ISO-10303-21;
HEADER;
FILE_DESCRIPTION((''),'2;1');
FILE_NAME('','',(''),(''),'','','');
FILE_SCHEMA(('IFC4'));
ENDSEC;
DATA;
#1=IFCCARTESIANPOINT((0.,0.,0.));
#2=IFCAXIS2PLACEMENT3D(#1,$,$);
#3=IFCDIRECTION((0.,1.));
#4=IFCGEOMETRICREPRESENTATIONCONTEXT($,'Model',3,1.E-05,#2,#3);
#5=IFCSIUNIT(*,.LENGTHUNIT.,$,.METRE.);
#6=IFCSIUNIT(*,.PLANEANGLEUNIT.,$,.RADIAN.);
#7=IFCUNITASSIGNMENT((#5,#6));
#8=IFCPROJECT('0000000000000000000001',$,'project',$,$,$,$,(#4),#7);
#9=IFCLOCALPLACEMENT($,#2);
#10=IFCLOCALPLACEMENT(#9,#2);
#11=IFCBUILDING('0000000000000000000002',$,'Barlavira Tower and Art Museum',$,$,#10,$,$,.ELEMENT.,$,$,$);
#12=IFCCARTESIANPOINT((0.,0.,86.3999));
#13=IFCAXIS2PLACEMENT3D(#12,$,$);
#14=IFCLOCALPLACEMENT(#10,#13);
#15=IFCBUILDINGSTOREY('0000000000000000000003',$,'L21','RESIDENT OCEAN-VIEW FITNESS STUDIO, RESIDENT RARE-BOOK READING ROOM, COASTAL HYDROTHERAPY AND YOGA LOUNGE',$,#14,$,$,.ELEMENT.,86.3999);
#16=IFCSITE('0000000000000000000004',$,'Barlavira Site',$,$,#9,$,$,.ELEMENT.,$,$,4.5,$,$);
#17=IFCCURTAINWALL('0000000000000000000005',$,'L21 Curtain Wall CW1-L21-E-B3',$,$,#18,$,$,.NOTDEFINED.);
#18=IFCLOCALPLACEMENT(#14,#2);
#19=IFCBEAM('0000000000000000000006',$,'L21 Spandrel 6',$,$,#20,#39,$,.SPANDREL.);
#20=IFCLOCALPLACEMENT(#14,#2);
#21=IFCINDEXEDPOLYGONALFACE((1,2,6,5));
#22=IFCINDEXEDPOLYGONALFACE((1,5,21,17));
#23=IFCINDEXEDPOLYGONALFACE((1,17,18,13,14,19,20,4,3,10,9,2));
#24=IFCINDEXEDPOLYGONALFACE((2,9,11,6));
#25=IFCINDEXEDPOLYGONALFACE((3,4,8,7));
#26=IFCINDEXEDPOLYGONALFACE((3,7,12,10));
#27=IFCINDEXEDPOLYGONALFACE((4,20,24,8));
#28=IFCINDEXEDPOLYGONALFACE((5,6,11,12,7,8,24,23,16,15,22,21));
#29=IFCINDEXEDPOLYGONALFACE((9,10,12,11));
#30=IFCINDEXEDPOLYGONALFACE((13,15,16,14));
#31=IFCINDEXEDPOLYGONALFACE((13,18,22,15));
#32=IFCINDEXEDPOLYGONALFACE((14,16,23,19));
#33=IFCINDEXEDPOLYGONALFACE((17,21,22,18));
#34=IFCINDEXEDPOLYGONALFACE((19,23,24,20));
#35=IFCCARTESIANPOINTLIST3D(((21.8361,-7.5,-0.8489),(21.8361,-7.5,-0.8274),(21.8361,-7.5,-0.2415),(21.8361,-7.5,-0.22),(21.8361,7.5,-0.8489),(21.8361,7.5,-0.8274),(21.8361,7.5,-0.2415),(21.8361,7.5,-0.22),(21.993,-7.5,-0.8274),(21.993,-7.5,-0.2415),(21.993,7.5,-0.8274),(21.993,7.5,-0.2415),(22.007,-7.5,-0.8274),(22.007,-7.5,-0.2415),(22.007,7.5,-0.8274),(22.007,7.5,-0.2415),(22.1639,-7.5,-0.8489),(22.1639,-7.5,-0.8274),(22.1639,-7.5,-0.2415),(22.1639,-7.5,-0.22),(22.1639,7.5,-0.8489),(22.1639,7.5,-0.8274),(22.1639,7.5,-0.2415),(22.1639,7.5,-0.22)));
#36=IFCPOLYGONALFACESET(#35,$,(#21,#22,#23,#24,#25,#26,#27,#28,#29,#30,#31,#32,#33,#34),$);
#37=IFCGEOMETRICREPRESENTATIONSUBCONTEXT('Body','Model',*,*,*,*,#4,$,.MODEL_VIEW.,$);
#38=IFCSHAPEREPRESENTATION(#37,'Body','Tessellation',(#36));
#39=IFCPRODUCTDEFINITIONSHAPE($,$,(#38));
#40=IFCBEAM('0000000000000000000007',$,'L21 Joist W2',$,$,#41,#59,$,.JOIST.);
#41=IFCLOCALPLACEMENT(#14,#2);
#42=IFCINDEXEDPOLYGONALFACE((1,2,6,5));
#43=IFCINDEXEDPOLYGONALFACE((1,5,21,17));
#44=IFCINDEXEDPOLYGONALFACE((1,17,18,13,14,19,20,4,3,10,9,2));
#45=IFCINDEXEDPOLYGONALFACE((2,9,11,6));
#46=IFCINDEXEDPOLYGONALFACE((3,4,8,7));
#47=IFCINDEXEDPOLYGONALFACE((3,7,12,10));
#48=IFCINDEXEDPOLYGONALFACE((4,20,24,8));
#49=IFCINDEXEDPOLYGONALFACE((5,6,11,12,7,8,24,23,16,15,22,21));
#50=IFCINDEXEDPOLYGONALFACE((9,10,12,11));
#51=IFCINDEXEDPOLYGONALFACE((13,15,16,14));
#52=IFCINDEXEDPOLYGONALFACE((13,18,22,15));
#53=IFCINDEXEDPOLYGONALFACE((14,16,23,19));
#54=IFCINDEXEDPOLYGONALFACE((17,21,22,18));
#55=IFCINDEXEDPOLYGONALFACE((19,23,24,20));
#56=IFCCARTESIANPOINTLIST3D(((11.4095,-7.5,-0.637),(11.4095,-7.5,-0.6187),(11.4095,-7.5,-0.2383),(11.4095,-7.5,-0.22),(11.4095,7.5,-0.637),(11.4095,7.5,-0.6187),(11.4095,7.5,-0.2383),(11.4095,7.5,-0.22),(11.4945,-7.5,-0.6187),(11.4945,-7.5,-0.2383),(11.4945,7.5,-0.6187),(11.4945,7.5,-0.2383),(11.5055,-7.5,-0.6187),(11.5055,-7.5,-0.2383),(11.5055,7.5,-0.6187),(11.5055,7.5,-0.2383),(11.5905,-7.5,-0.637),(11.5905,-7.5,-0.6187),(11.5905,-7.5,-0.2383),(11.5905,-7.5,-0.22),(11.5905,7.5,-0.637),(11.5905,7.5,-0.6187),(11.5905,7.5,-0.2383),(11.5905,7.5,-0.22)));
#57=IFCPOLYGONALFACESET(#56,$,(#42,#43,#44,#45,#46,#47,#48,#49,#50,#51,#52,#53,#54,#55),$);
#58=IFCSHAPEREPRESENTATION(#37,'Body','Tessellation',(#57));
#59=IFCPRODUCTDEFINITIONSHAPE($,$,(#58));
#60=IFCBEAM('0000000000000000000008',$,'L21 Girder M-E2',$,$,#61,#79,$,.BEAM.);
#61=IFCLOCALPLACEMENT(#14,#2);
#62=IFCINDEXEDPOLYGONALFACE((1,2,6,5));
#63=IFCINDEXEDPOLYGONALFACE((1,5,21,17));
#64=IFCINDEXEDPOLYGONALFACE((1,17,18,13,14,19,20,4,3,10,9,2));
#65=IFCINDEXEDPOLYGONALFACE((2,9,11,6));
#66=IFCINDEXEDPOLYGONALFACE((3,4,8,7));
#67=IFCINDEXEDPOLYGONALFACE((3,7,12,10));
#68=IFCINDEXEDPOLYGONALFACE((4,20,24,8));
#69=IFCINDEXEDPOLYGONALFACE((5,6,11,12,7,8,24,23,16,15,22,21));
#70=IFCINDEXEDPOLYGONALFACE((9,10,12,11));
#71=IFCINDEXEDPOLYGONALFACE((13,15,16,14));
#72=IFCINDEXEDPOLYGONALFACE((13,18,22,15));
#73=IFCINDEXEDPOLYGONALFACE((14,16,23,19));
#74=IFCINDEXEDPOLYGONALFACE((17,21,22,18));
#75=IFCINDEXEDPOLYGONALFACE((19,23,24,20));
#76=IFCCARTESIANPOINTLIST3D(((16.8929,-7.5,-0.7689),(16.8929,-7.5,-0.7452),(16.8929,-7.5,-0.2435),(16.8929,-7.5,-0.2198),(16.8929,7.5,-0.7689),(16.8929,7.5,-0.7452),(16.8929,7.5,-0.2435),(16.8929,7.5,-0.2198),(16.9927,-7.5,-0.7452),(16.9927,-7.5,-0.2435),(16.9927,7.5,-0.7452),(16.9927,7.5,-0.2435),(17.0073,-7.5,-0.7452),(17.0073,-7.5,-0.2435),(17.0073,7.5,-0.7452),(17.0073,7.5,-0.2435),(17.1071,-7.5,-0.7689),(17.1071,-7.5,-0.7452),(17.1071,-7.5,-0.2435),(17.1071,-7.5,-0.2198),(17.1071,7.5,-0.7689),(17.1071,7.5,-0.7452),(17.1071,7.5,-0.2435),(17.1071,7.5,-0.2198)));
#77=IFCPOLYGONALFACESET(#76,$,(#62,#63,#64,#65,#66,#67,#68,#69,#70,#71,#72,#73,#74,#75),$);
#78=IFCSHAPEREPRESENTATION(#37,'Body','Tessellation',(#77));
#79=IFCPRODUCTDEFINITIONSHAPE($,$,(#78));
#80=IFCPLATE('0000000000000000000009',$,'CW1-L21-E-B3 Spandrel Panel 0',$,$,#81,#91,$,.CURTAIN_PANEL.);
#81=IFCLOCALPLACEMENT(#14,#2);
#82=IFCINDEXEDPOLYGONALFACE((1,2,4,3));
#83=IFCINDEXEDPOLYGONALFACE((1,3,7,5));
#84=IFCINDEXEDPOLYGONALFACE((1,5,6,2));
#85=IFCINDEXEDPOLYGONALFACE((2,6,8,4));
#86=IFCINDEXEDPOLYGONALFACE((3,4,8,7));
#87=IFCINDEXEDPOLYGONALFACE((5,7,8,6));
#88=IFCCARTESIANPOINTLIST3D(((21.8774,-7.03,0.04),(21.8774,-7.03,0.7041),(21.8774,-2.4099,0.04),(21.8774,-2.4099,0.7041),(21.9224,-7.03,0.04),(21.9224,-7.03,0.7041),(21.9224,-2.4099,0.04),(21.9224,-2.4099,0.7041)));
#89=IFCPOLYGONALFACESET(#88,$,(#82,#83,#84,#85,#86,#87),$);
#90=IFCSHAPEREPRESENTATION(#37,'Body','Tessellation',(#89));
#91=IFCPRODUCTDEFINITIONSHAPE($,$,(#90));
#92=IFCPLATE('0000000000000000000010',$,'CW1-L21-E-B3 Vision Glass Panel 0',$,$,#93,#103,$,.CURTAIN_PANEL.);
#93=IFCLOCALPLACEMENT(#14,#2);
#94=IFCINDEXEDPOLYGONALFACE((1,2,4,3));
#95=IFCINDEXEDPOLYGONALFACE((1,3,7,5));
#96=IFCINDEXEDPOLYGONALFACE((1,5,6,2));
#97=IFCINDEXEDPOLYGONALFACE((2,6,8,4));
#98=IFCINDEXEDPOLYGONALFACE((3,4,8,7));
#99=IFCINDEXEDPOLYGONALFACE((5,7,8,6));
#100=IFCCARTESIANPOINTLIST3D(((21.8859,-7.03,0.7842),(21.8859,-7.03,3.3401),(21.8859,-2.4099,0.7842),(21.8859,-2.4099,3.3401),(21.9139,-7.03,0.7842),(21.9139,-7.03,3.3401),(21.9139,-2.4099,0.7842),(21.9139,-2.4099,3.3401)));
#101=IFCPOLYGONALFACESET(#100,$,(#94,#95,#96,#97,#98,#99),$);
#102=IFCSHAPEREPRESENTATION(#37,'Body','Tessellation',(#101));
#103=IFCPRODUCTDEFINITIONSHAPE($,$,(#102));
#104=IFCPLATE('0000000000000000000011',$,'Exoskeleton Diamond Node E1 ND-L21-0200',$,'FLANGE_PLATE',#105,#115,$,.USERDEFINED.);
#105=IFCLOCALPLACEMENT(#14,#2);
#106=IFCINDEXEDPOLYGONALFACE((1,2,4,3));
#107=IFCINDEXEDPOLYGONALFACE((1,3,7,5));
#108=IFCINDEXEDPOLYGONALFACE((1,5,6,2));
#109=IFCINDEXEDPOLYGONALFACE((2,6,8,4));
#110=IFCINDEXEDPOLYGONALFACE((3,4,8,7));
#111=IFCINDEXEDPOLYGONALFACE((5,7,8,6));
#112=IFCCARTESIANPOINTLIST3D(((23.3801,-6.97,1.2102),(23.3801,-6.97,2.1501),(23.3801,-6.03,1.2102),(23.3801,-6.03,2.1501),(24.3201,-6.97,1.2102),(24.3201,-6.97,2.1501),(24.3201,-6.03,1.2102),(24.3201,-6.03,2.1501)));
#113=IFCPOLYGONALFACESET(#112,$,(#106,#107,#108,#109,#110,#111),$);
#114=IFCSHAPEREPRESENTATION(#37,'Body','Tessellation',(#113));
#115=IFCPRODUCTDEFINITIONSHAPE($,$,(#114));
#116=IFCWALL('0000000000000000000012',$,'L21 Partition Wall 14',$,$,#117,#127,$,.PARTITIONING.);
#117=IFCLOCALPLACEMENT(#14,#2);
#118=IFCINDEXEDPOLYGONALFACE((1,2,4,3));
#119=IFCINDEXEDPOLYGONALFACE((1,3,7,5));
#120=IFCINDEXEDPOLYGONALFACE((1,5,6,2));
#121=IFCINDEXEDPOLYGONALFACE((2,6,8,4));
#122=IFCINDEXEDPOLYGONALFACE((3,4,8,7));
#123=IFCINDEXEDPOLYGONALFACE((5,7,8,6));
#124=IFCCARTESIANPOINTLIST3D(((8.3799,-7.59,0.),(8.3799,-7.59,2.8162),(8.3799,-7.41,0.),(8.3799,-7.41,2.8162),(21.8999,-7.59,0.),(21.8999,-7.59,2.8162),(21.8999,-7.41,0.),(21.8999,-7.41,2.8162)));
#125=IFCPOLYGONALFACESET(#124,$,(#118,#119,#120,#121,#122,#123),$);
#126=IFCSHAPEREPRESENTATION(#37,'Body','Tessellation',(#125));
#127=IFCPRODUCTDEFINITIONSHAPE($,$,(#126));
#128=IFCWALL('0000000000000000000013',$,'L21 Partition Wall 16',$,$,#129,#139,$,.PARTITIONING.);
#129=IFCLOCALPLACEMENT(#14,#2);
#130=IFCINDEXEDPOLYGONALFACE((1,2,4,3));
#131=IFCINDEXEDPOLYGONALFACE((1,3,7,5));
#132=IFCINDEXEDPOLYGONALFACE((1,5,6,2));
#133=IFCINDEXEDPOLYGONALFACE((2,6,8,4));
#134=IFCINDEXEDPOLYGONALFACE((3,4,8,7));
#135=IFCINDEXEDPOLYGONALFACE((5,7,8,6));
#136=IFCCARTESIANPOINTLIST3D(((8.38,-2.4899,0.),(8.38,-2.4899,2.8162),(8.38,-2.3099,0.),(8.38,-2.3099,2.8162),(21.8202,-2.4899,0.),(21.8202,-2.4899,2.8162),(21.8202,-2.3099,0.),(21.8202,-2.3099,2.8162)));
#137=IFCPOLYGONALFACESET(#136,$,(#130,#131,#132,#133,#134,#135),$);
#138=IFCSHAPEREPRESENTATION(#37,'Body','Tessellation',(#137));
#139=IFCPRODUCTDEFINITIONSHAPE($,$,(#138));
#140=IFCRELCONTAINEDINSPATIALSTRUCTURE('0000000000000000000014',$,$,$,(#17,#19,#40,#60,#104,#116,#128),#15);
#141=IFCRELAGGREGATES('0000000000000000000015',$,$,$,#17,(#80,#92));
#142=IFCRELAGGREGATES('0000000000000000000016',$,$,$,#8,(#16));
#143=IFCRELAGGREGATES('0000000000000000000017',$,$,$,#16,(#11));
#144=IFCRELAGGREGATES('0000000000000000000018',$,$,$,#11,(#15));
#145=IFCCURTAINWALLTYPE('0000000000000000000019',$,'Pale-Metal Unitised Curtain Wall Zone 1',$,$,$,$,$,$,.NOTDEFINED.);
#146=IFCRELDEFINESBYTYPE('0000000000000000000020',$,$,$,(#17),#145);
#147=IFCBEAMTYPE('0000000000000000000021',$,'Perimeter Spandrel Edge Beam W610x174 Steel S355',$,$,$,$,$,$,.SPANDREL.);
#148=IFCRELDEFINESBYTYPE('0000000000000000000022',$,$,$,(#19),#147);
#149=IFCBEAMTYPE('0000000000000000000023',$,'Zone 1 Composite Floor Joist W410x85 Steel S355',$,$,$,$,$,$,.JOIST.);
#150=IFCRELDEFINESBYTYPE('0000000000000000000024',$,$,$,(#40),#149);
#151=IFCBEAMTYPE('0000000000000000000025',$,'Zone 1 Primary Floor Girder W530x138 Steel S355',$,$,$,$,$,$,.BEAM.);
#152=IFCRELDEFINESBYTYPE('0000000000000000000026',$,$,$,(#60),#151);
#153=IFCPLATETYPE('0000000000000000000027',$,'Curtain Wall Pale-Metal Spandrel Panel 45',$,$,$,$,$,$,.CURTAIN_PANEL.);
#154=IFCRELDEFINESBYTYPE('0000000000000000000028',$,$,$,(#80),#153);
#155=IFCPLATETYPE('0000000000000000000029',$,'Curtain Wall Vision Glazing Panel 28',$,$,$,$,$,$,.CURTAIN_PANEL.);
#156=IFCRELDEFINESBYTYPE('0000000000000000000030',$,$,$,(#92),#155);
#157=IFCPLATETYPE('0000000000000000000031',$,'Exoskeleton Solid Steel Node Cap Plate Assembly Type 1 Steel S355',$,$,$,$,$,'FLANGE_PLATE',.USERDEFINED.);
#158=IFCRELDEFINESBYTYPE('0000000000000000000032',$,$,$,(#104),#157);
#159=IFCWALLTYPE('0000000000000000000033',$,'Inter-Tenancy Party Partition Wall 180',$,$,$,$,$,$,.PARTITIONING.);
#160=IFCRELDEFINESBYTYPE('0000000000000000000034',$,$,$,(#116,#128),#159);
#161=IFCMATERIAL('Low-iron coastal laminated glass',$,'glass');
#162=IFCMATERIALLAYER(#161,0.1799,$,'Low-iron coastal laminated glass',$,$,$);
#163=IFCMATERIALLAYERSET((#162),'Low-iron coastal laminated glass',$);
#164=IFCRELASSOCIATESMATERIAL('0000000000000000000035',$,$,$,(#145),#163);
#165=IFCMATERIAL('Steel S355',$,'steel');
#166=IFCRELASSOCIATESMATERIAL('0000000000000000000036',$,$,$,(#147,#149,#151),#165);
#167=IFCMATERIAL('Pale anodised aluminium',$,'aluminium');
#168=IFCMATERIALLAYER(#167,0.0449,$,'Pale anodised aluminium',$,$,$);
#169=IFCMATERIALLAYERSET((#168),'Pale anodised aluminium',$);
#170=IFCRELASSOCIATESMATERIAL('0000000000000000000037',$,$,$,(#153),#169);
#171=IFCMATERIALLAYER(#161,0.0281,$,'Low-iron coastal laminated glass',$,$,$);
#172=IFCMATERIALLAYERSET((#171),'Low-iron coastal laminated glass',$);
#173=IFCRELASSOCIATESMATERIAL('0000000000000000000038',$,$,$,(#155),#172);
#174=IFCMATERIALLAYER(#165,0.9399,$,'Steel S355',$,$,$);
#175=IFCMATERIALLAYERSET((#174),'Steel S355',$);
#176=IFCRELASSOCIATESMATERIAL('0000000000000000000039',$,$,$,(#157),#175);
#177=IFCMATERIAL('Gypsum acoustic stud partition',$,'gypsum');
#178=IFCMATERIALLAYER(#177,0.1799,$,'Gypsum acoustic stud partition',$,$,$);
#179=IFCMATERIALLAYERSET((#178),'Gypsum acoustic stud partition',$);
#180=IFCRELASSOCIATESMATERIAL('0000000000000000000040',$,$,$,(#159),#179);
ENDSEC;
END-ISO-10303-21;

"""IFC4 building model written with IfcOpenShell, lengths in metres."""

from ifc_helpers import new_model, si_unit, direction, frame, frame_2d, origin, origin_2d, place, context, subcontext, project, spatial, rectangle, i_section, extrude, material, layer, layer_set, material_profile, profile_set, type_object, element, aggregate, save


model = new_model("IFC4")

# Units and contexts
model_context = context("Model", 3, precision=1e-05, world=origin(), true_north=direction((0.0, 1.0)))
body_context = subcontext(model_context, "Body", "Model", "MODEL_VIEW")
ifc_project = project(units=[si_unit("LENGTHUNIT", "METRE"), si_unit("PLANEANGLEUNIT", "RADIAN")], contexts=[model_context])

# Site, building, storey
site_placement = place(None, origin())
site = spatial("IfcSite", under=ifc_project, at=site_placement, Name="Barlavira Site", CompositionType="ELEMENT", RefElevation=4.5)
building_placement = place(site_placement, origin())
building = spatial("IfcBuilding", under=site, at=building_placement, Name="Barlavira Tower and Art Museum", CompositionType="ELEMENT")
storey_placement = place(building_placement, frame((0.0, 0.0, 86.3999)))
storey = spatial("IfcBuildingStorey", under=building, at=storey_placement, Name="L21", Description="RESIDENT OCEAN-VIEW FITNESS STUDIO, RESIDENT RARE-BOOK READING ROOM, COASTAL HYDROTHERAPY AND YOGA LOUNGE", CompositionType="ELEMENT", Elevation=86.3999)

# Curtain wall
ifc_material_1 = material(Name="Low-iron coastal laminated glass", Category="glass")
ifc_layer_1 = layer(ifc_material_1, 0.1799, Name="Low-iron coastal laminated glass")
ifc_layer_set_1 = layer_set([ifc_layer_1], Name="Low-iron coastal laminated glass")
curtain_wall_type = type_object("IfcCurtainWallType", Name="Pale-Metal Unitised Curtain Wall Zone 1", PredefinedType="NOTDEFINED", material=ifc_layer_set_1)
curtain_wall_placement = place(storey_placement, origin())
curtain_wall = element("IfcCurtainWall", 1, at=curtain_wall_placement, inside=storey, type_object=curtain_wall_type, Name="L21 Curtain Wall CW1-L21-E-B3", PredefinedType="NOTDEFINED")
ifc_material_2 = material(Name="Pale anodised aluminium", Category="aluminium")

# Beams
ifc_material_3 = material(Name="Steel S355", Category="steel")
ifc_material_profile_1 = material_profile(ifc_material_3, i_section(OverallWidth=0.3279, OverallDepth=0.6289, WebThickness=0.0139, FlangeThickness=0.0215, at=origin_2d()), Name="W610x174.0")
ifc_profile_set_1 = profile_set([ifc_material_profile_1], Name="Steel S355")
beam_type_1 = type_object("IfcBeamType", Name="Perimeter Spandrel Edge Beam W610x174 Steel S355", PredefinedType="SPANDREL", material=ifc_profile_set_1)
beam_1_placement = place(storey_placement, frame((22.0, -7.5, -0.5344), z_axis=(0.0, 1.0, 0.0), x_axis=(-1.0, 0.0, 0.0)))
element("IfcBeam", 2, at=beam_1_placement, inside=storey, type_object=beam_type_1, Name="L21 Spandrel 6", PredefinedType="SPANDREL", context=body_context, shape_type="SweptSolid", body=[
    extrude(i_section(OverallWidth=0.3279, OverallDepth=0.6289, WebThickness=0.0139, FlangeThickness=0.0215, at=origin_2d()), origin(), (0.0, 0.0, 1.0), 15.0),
])
ifc_material_profile_2 = material_profile(ifc_material_3, i_section(OverallWidth=0.1809, OverallDepth=0.417, WebThickness=0.011, FlangeThickness=0.0183, at=origin_2d()), Name="W410x85.0")
ifc_profile_set_2 = profile_set([ifc_material_profile_2], Name="Steel S355")
beam_type_2 = type_object("IfcBeamType", Name="Zone 1 Composite Floor Joist W410x85 Steel S355", PredefinedType="JOIST", material=ifc_profile_set_2)
beam_2_placement = place(storey_placement, frame((11.5, -7.5, -0.4285), z_axis=(0.0, 1.0, 0.0), x_axis=(-1.0, 0.0, 0.0)))
element("IfcBeam", 3, at=beam_2_placement, inside=storey, type_object=beam_type_2, Name="L21 Joist W2", PredefinedType="JOIST", context=body_context, shape_type="SweptSolid", body=[
    extrude(i_section(OverallWidth=0.1809, OverallDepth=0.417, WebThickness=0.011, FlangeThickness=0.0183, at=origin_2d()), origin(), (0.0, 0.0, 1.0), 15.0),
])
ifc_material_profile_3 = material_profile(ifc_material_3, i_section(OverallWidth=0.2141, OverallDepth=0.5491, WebThickness=0.0146, FlangeThickness=0.0237, at=origin_2d()), Name="W530x138.0")
ifc_profile_set_3 = profile_set([ifc_material_profile_3], Name="Steel S355")
beam_type_3 = type_object("IfcBeamType", Name="Zone 1 Primary Floor Girder W530x138 Steel S355", PredefinedType="BEAM", material=ifc_profile_set_3)
beam_3_placement = place(storey_placement, frame((17.0, -7.5, -0.4944), z_axis=(0.0, 1.0, 0.0), x_axis=(-1.0, 0.0, 0.0)))
element("IfcBeam", 4, at=beam_3_placement, inside=storey, type_object=beam_type_3, Name="L21 Girder M-E2", PredefinedType="BEAM", context=body_context, shape_type="SweptSolid", body=[
    extrude(i_section(OverallWidth=0.2141, OverallDepth=0.5491, WebThickness=0.0146, FlangeThickness=0.0237, at=origin_2d()), origin(), (0.0, 0.0, 1.0), 15.0),
])

# Plates
ifc_layer_2 = layer(ifc_material_2, 0.0449, Name="Pale anodised aluminium")
ifc_layer_set_2 = layer_set([ifc_layer_2], Name="Pale anodised aluminium")
plate_type_1 = type_object("IfcPlateType", Name="Curtain Wall Pale-Metal Spandrel Panel 45", PredefinedType="CURTAIN_PANEL", material=ifc_layer_set_2)
plate_1_placement = place(storey_placement, frame((21.8999, -4.72, 0.04), z_axis=(0.0, 0.0, 1.0), x_axis=(0.0, 1.0, 0.0)))
plate_1 = element("IfcPlate", 5, at=plate_1_placement, type_object=plate_type_1, Name="CW1-L21-E-B3 Spandrel Panel 0", PredefinedType="CURTAIN_PANEL", context=body_context, shape_type="SweptSolid", body=[
    extrude(rectangle(XDim=4.6201, YDim=0.0449, at=origin_2d()), origin(), (0.0, 0.0, 1.0), 0.6641),
])
ifc_layer_3 = layer(ifc_material_1, 0.0281, Name="Low-iron coastal laminated glass")
ifc_layer_set_3 = layer_set([ifc_layer_3], Name="Low-iron coastal laminated glass")
plate_type_2 = type_object("IfcPlateType", Name="Curtain Wall Vision Glazing Panel 28", PredefinedType="CURTAIN_PANEL", material=ifc_layer_set_3)
plate_2_placement = place(storey_placement, frame((21.8999, -4.72, 0.7842), z_axis=(0.0, 0.0, 1.0), x_axis=(0.0, 1.0, 0.0)))
plate_2 = element("IfcPlate", 6, at=plate_2_placement, type_object=plate_type_2, Name="CW1-L21-E-B3 Vision Glass Panel 0", PredefinedType="CURTAIN_PANEL", context=body_context, shape_type="SweptSolid", body=[
    extrude(rectangle(XDim=4.6201, YDim=0.0281, at=origin_2d()), origin(), (0.0, 0.0, 1.0), 2.5559),
])
aggregate(curtain_wall, [plate_1, plate_2])
ifc_layer_4 = layer(ifc_material_3, 0.9399, Name="Steel S355")
ifc_layer_set_4 = layer_set([ifc_layer_4], Name="Steel S355")
plate_type_3 = type_object("IfcPlateType", Name="Exoskeleton Solid Steel Node Cap Plate Assembly Type 1 Steel S355", ElementType="FLANGE_PLATE", PredefinedType="USERDEFINED", material=ifc_layer_set_4)
plate_3_placement = place(storey_placement, frame((23.8501, -6.5, 1.2102), z_axis=(0.0, 0.0, 1.0), x_axis=(1.0, 0.0, 0.0)))
element("IfcPlate", 7, at=plate_3_placement, inside=storey, type_object=plate_type_3, Name="Exoskeleton Diamond Node E1 ND-L21-0200", ObjectType="FLANGE_PLATE", PredefinedType="USERDEFINED", context=body_context, shape_type="SweptSolid", body=[
    extrude(rectangle(XDim=0.9399, YDim=0.9399, at=origin_2d()), origin(), (0.0, 0.0, 1.0), 0.9399),
])

# Walls
ifc_material_4 = material(Name="Gypsum acoustic stud partition", Category="gypsum")
ifc_layer_5 = layer(ifc_material_4, 0.1799, Name="Gypsum acoustic stud partition")
ifc_layer_set_5 = layer_set([ifc_layer_5], Name="Gypsum acoustic stud partition")
wall_type = type_object("IfcWallType", Name="Inter-Tenancy Party Partition Wall 180", PredefinedType="PARTITIONING", material=ifc_layer_set_5)
wall_1_placement = place(storey_placement, frame((8.3799, -7.5, 0.0), z_axis=(0.0, 0.0, 1.0), x_axis=(1.0, 0.0, 0.0)))
element("IfcWall", 8, at=wall_1_placement, inside=storey, type_object=wall_type, Name="L21 Partition Wall 14", PredefinedType="PARTITIONING", context=body_context, shape_type="SweptSolid", body=[
    extrude(rectangle(XDim=13.52, YDim=0.1799, at=frame_2d((6.76, 0.0))), origin(), (0.0, 0.0, 1.0), 2.8162),
])
wall_2_placement = place(storey_placement, frame((8.3799, -2.3999, 0.0), z_axis=(0.0, 0.0, 1.0), x_axis=(1.0, 0.0, 0.0)))
element("IfcWall", 9, at=wall_2_placement, inside=storey, type_object=wall_type, Name="L21 Partition Wall 16", PredefinedType="PARTITIONING", context=body_context, shape_type="SweptSolid", body=[
    extrude(rectangle(XDim=13.4402, YDim=0.1799, at=frame_2d((6.7202, 0.0))), origin(), (0.0, 0.0, 1.0), 2.8162),
])

save(model, "model.ifc")
